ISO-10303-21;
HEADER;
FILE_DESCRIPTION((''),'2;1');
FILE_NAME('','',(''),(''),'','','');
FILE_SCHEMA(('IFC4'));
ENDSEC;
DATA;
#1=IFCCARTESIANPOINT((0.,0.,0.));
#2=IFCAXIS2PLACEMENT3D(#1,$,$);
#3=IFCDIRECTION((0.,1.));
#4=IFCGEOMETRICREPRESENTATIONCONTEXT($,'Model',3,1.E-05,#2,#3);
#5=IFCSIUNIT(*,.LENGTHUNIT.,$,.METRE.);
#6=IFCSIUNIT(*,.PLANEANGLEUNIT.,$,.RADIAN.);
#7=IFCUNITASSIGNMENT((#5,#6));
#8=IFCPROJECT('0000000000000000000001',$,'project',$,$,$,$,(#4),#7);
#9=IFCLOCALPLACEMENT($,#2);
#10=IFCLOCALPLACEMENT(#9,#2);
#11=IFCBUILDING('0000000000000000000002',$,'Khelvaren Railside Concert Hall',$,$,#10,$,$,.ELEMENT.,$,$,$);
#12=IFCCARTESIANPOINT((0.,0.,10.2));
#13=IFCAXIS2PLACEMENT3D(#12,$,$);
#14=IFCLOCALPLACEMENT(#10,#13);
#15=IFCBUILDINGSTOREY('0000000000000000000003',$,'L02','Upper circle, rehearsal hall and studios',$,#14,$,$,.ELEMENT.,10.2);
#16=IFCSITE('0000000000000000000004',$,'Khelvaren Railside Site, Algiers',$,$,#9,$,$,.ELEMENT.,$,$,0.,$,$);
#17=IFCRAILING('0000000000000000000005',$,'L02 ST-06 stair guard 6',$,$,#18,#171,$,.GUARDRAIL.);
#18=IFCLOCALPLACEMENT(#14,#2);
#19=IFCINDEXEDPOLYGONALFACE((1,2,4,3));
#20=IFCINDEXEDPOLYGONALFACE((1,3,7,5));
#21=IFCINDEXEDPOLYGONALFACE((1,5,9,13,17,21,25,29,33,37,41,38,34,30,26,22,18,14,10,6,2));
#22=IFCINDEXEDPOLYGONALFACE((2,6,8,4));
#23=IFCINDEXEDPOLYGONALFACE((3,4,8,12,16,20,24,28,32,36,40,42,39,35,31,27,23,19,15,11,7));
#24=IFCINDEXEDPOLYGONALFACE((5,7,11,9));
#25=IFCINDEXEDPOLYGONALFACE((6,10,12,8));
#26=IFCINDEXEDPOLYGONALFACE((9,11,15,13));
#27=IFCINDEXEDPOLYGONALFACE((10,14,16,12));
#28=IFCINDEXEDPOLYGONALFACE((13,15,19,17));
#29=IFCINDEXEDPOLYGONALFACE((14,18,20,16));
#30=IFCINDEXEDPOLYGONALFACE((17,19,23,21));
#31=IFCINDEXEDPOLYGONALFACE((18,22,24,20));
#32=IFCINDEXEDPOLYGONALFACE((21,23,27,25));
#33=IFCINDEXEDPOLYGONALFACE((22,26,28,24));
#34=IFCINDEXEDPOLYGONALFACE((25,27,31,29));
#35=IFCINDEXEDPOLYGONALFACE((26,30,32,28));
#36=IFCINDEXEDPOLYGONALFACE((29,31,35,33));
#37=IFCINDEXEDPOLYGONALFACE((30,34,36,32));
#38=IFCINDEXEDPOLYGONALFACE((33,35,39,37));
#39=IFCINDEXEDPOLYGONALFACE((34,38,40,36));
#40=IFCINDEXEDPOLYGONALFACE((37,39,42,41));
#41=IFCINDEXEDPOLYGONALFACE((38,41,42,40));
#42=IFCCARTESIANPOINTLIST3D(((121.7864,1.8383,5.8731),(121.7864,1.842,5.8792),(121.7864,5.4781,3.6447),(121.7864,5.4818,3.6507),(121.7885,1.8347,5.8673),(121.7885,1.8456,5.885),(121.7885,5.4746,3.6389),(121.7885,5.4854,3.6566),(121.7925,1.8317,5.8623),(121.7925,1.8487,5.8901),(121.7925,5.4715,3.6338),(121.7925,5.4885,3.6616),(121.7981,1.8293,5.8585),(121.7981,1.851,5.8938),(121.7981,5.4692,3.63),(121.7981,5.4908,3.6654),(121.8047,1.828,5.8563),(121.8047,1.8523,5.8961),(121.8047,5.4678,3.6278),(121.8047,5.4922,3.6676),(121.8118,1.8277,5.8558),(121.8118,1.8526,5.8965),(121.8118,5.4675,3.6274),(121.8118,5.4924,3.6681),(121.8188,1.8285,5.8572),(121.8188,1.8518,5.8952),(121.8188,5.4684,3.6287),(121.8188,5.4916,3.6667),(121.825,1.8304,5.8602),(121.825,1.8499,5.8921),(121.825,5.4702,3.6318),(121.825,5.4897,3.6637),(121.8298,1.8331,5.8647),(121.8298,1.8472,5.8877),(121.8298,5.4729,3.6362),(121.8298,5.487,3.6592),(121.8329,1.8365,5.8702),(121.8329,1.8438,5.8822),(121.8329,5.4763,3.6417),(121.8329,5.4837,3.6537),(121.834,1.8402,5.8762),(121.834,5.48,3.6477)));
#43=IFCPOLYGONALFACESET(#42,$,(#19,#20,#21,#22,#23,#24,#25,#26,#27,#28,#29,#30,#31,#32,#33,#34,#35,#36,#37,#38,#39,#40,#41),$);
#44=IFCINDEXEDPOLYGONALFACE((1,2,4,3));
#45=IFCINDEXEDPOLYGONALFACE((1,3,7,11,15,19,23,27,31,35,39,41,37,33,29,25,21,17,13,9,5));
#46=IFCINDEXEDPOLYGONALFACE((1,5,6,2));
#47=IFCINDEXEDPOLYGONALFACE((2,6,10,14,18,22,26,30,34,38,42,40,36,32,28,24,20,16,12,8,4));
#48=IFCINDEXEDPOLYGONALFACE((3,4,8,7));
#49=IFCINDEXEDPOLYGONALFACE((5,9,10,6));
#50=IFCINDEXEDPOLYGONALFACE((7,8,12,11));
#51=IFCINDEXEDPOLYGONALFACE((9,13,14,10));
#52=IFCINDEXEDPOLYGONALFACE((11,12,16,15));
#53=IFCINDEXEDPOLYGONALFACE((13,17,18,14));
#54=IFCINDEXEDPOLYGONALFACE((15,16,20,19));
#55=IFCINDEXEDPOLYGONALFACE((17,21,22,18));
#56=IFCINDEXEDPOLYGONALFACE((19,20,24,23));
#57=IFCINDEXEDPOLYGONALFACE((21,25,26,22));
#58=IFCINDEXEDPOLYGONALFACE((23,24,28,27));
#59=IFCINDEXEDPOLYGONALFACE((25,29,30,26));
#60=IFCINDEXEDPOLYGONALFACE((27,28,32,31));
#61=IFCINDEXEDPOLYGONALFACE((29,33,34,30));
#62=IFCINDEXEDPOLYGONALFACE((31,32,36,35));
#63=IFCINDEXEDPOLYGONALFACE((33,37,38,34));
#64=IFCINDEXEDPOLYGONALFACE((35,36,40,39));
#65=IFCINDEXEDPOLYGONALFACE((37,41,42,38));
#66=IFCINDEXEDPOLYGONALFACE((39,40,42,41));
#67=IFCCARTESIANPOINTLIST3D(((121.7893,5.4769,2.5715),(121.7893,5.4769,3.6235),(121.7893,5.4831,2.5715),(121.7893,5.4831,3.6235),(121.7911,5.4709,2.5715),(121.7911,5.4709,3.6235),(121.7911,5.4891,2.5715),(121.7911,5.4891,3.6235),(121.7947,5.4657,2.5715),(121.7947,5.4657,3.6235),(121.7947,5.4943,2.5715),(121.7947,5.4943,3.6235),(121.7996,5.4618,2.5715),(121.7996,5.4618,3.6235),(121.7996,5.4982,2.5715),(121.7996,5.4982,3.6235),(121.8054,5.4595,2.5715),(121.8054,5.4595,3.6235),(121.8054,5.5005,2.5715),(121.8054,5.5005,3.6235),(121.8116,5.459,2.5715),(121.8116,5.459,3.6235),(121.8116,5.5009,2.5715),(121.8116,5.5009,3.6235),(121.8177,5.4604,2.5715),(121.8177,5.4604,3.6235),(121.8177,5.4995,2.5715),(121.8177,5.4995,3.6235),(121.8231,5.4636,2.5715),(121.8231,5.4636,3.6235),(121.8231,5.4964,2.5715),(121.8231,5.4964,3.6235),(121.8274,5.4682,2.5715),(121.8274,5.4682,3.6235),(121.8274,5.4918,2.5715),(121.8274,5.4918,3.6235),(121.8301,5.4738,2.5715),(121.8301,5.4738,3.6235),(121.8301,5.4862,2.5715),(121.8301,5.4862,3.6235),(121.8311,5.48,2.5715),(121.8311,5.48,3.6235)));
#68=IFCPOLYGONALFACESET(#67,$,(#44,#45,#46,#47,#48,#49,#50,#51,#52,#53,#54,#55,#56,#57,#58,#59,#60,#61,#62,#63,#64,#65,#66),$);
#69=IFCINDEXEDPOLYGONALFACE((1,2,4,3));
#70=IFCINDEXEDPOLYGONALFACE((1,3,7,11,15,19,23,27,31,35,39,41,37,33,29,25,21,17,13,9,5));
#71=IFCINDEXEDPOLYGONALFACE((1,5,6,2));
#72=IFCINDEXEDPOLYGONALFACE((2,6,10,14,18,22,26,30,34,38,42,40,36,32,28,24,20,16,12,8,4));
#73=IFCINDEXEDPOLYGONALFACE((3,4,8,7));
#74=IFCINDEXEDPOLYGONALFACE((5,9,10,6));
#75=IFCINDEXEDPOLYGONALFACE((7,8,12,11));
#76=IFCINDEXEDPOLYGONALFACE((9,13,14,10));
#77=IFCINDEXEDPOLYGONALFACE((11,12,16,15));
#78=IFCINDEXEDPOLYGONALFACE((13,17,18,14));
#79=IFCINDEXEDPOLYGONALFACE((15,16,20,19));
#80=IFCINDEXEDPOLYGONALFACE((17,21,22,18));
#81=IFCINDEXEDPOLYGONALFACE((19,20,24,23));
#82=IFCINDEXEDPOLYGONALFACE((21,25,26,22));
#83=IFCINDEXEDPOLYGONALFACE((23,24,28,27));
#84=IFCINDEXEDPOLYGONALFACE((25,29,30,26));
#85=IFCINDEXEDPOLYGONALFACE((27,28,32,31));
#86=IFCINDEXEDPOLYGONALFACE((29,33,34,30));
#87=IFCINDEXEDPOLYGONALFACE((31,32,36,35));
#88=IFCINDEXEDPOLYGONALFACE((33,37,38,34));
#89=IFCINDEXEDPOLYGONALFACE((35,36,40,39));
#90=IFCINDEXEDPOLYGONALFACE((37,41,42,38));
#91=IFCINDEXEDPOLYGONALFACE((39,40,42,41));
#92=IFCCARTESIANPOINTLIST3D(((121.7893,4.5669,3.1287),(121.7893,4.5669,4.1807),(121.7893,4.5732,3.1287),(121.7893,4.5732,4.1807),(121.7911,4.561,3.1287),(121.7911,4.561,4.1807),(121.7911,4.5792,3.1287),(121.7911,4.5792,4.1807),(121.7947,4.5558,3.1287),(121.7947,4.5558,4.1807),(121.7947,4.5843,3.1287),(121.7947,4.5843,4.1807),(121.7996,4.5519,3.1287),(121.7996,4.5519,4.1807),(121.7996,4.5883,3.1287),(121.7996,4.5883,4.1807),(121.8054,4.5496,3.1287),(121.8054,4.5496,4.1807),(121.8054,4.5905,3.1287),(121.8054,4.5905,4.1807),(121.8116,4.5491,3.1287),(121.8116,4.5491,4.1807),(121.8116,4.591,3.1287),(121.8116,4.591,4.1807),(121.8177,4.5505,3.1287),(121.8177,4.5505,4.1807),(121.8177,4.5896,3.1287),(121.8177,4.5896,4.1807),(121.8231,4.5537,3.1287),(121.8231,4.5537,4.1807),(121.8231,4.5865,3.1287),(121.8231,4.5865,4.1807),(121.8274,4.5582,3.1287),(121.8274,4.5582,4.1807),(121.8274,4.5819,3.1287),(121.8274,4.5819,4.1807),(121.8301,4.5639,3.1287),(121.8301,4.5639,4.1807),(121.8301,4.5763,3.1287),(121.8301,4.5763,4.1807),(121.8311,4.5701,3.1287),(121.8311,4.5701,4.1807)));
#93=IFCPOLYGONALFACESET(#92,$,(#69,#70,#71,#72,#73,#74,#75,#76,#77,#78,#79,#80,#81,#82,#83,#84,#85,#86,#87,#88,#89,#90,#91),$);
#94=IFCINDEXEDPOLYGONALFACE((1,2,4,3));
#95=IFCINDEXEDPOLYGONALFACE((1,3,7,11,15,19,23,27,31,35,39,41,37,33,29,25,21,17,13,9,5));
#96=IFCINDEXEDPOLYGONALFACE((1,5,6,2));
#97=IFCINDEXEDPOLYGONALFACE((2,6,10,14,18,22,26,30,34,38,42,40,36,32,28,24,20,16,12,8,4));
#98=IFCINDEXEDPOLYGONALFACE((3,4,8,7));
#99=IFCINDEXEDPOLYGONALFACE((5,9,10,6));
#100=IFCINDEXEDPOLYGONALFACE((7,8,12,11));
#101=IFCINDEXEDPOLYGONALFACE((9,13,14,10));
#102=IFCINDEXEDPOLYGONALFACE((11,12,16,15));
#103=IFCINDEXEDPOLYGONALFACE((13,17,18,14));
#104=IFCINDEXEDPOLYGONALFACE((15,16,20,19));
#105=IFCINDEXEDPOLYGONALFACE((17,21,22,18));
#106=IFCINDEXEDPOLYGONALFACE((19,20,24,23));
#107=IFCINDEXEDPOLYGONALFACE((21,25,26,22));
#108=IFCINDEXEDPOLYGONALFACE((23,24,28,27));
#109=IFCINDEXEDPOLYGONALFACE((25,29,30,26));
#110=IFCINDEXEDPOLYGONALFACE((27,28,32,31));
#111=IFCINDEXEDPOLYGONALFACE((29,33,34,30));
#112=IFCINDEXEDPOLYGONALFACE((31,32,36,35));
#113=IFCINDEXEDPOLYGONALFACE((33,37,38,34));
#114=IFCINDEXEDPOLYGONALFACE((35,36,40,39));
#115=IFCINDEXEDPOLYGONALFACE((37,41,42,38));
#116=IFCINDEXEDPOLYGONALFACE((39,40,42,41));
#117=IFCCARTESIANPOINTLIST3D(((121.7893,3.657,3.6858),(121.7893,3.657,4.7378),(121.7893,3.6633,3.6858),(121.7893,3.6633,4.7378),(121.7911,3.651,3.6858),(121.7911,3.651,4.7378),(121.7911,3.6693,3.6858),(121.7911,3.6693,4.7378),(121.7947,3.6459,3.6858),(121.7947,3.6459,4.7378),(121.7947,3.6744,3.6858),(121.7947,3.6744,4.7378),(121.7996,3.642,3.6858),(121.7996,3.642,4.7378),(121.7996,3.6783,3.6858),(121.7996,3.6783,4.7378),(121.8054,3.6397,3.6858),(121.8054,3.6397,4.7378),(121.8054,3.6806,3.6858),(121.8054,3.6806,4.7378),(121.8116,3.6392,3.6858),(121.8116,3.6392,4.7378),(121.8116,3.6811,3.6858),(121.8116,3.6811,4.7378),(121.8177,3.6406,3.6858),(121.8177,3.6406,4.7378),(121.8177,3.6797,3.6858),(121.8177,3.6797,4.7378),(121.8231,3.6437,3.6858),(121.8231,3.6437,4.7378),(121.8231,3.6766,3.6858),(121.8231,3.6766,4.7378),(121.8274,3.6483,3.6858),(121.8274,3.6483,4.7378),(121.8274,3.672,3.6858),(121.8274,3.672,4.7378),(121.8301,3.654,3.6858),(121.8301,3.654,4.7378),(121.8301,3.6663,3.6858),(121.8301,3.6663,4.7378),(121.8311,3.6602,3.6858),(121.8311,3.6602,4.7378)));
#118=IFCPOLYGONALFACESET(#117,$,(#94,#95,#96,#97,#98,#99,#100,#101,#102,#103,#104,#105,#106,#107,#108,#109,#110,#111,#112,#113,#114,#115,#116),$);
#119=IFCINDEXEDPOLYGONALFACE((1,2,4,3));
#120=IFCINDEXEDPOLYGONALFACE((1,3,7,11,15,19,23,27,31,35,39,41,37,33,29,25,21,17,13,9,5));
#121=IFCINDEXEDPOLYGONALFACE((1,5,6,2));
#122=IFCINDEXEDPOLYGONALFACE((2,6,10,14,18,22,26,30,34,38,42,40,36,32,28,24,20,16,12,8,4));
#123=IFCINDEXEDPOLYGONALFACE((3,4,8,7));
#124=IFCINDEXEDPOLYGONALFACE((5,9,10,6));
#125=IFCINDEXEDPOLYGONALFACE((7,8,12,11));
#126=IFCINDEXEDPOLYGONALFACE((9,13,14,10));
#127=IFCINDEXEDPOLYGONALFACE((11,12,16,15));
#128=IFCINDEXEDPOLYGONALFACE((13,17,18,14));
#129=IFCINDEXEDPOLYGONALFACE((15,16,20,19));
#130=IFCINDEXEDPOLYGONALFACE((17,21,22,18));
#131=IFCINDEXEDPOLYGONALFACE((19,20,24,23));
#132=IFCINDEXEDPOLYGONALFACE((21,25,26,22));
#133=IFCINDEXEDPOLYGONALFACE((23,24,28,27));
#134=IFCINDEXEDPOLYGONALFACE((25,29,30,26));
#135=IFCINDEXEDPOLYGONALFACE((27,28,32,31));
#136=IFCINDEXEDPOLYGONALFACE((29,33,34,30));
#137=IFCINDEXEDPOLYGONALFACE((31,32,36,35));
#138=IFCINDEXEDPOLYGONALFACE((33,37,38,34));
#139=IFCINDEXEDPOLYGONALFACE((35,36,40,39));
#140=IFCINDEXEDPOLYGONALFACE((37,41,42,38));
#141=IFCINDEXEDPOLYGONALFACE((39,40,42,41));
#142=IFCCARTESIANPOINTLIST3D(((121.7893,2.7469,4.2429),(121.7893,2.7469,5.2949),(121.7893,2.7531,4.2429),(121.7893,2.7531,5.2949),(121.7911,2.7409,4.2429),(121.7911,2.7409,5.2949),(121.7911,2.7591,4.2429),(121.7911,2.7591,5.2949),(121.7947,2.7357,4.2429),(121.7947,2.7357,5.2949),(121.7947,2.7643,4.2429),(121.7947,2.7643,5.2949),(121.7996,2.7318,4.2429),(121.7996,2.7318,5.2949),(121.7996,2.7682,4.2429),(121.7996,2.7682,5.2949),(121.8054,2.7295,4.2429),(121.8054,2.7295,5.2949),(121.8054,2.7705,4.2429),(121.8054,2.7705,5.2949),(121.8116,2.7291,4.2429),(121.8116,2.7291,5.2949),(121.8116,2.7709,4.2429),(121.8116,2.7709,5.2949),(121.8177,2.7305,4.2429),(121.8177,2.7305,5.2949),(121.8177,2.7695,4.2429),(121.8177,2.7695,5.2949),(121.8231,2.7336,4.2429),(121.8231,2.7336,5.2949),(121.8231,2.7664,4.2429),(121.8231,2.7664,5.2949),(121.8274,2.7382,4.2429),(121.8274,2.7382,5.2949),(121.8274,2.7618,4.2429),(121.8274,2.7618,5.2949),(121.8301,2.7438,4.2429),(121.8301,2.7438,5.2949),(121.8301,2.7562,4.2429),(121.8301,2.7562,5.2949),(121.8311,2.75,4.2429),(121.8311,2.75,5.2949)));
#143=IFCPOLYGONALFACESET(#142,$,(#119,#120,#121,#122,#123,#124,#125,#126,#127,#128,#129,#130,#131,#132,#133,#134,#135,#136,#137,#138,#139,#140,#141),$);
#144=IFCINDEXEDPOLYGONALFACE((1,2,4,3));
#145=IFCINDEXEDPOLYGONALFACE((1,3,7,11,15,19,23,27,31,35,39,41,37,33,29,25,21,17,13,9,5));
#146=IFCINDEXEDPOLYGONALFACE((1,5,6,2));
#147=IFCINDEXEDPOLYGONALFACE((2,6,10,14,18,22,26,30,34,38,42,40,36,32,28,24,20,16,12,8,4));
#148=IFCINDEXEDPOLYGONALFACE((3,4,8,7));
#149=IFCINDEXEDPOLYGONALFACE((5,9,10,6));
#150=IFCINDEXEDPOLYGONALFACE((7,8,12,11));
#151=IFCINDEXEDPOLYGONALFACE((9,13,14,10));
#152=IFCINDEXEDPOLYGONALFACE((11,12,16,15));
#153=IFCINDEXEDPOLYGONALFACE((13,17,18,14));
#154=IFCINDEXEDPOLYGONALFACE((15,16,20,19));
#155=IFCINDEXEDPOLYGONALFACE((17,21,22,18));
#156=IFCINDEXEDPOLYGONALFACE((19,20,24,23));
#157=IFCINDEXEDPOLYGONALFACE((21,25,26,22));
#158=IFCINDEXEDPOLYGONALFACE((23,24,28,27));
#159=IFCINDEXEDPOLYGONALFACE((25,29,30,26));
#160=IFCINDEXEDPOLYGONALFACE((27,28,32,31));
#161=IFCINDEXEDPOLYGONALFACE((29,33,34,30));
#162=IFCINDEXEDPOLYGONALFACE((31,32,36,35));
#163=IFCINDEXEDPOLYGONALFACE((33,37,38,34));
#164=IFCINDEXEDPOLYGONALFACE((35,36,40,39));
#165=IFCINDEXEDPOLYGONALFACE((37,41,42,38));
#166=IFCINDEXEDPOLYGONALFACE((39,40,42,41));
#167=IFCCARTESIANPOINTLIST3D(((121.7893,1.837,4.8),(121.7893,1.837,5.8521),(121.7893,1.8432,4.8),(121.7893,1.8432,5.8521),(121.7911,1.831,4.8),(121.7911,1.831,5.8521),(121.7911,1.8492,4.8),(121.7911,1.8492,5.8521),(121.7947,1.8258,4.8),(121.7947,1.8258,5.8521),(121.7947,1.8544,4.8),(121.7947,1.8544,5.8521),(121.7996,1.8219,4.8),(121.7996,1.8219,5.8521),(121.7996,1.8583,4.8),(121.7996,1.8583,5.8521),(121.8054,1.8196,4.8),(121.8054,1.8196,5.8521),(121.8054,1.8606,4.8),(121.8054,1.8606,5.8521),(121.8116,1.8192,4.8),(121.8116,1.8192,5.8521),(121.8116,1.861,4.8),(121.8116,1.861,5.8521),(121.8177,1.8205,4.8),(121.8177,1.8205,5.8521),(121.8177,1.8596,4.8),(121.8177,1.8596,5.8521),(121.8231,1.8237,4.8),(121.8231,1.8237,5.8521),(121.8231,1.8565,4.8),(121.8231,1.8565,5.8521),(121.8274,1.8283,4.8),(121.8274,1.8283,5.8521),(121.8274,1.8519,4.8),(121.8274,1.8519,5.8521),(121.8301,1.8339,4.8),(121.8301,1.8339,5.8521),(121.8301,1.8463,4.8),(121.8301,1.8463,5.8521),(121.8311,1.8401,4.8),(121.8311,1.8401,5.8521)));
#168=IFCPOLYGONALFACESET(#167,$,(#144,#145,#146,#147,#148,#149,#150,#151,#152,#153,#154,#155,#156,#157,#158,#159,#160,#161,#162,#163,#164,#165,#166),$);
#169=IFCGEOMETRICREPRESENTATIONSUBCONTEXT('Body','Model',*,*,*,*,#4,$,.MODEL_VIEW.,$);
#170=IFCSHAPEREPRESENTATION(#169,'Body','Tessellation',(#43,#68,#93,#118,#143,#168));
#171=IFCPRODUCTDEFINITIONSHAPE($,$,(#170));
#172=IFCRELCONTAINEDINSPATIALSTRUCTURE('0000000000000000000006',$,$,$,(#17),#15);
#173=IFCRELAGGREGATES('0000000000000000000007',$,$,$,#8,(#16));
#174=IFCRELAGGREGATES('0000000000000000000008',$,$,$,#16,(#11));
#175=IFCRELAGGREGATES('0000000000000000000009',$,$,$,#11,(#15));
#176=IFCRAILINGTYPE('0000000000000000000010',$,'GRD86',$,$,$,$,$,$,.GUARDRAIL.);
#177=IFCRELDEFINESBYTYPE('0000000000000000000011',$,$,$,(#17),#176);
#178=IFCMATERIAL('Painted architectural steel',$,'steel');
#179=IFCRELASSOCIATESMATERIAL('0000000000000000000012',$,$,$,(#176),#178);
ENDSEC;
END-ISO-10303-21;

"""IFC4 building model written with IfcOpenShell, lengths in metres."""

from ifc_helpers import new_model, si_unit, direction, frame, origin, origin_2d, place, context, subcontext, project, spatial, circle, extrude, material, type_object, element, save


model = new_model("IFC4")

# Units and contexts
model_context = context("Model", 3, precision=1e-05, world=origin(), true_north=direction((0.0, 1.0)))
body_context = subcontext(model_context, "Body", "Model", "MODEL_VIEW")
ifc_project = project(units=[si_unit("LENGTHUNIT", "METRE"), si_unit("PLANEANGLEUNIT", "RADIAN")], contexts=[model_context])

# Site, building, storey
site_placement = place(None, origin())
site = spatial("IfcSite", under=ifc_project, at=site_placement, Name="Khelvaren Railside Site, Algiers", CompositionType="ELEMENT", RefElevation=0.0)
building_placement = place(site_placement, origin())
building = spatial("IfcBuilding", under=site, at=building_placement, Name="Khelvaren Railside Concert Hall", CompositionType="ELEMENT")
storey_placement = place(building_placement, frame((0.0, 0.0, 10.2)))
storey = spatial("IfcBuildingStorey", under=building, at=storey_placement, Name="L02", Description="Upper circle, rehearsal hall and studios", CompositionType="ELEMENT", Elevation=10.2)

# Railing
ifc_material_1 = material(Name="Painted architectural steel", Category="steel")
railing_type_1 = type_object("IfcRailingType", Name="GRD86", PredefinedType="GUARDRAIL", material=ifc_material_1)
railing_1_placement = place(storey_placement, frame((121.8101, 5.48, 2.5715)))
element("IfcRailing", 1, at=railing_1_placement, inside=storey, type_object=railing_type_1, Name="L02 ST-06 stair guard 6", PredefinedType="GUARDRAIL", context=body_context, shape_type="SweptSolid", body=[
    extrude(circle(Radius=0.0239, at=origin_2d()), frame((0.0, 0.0, 1.0762), z_axis=(0.0, -0.85285, 0.522156), x_axis=(1.0, 0.0, 0.0)), (0.0, 0.0, 1.0), 4.2678),
    extrude(circle(Radius=0.021, at=origin_2d()), origin(), (0.0, 0.0, 1.0), 1.052),
    extrude(circle(Radius=0.021, at=origin_2d()), frame((0.0, -0.9099, 0.5571)), (0.0, 0.0, 1.0), 1.052),
    extrude(circle(Radius=0.021, at=origin_2d()), frame((0.0, -1.8198, 1.1143)), (0.0, 0.0, 1.0), 1.052),
    extrude(circle(Radius=0.021, at=origin_2d()), frame((0.0, -2.73, 1.6714)), (0.0, 0.0, 1.0), 1.052),
    extrude(circle(Radius=0.021, at=origin_2d()), frame((0.0, -3.6399, 2.2285)), (0.0, 0.0, 1.0), 1.052),
])

save(model, "model.ifc")
